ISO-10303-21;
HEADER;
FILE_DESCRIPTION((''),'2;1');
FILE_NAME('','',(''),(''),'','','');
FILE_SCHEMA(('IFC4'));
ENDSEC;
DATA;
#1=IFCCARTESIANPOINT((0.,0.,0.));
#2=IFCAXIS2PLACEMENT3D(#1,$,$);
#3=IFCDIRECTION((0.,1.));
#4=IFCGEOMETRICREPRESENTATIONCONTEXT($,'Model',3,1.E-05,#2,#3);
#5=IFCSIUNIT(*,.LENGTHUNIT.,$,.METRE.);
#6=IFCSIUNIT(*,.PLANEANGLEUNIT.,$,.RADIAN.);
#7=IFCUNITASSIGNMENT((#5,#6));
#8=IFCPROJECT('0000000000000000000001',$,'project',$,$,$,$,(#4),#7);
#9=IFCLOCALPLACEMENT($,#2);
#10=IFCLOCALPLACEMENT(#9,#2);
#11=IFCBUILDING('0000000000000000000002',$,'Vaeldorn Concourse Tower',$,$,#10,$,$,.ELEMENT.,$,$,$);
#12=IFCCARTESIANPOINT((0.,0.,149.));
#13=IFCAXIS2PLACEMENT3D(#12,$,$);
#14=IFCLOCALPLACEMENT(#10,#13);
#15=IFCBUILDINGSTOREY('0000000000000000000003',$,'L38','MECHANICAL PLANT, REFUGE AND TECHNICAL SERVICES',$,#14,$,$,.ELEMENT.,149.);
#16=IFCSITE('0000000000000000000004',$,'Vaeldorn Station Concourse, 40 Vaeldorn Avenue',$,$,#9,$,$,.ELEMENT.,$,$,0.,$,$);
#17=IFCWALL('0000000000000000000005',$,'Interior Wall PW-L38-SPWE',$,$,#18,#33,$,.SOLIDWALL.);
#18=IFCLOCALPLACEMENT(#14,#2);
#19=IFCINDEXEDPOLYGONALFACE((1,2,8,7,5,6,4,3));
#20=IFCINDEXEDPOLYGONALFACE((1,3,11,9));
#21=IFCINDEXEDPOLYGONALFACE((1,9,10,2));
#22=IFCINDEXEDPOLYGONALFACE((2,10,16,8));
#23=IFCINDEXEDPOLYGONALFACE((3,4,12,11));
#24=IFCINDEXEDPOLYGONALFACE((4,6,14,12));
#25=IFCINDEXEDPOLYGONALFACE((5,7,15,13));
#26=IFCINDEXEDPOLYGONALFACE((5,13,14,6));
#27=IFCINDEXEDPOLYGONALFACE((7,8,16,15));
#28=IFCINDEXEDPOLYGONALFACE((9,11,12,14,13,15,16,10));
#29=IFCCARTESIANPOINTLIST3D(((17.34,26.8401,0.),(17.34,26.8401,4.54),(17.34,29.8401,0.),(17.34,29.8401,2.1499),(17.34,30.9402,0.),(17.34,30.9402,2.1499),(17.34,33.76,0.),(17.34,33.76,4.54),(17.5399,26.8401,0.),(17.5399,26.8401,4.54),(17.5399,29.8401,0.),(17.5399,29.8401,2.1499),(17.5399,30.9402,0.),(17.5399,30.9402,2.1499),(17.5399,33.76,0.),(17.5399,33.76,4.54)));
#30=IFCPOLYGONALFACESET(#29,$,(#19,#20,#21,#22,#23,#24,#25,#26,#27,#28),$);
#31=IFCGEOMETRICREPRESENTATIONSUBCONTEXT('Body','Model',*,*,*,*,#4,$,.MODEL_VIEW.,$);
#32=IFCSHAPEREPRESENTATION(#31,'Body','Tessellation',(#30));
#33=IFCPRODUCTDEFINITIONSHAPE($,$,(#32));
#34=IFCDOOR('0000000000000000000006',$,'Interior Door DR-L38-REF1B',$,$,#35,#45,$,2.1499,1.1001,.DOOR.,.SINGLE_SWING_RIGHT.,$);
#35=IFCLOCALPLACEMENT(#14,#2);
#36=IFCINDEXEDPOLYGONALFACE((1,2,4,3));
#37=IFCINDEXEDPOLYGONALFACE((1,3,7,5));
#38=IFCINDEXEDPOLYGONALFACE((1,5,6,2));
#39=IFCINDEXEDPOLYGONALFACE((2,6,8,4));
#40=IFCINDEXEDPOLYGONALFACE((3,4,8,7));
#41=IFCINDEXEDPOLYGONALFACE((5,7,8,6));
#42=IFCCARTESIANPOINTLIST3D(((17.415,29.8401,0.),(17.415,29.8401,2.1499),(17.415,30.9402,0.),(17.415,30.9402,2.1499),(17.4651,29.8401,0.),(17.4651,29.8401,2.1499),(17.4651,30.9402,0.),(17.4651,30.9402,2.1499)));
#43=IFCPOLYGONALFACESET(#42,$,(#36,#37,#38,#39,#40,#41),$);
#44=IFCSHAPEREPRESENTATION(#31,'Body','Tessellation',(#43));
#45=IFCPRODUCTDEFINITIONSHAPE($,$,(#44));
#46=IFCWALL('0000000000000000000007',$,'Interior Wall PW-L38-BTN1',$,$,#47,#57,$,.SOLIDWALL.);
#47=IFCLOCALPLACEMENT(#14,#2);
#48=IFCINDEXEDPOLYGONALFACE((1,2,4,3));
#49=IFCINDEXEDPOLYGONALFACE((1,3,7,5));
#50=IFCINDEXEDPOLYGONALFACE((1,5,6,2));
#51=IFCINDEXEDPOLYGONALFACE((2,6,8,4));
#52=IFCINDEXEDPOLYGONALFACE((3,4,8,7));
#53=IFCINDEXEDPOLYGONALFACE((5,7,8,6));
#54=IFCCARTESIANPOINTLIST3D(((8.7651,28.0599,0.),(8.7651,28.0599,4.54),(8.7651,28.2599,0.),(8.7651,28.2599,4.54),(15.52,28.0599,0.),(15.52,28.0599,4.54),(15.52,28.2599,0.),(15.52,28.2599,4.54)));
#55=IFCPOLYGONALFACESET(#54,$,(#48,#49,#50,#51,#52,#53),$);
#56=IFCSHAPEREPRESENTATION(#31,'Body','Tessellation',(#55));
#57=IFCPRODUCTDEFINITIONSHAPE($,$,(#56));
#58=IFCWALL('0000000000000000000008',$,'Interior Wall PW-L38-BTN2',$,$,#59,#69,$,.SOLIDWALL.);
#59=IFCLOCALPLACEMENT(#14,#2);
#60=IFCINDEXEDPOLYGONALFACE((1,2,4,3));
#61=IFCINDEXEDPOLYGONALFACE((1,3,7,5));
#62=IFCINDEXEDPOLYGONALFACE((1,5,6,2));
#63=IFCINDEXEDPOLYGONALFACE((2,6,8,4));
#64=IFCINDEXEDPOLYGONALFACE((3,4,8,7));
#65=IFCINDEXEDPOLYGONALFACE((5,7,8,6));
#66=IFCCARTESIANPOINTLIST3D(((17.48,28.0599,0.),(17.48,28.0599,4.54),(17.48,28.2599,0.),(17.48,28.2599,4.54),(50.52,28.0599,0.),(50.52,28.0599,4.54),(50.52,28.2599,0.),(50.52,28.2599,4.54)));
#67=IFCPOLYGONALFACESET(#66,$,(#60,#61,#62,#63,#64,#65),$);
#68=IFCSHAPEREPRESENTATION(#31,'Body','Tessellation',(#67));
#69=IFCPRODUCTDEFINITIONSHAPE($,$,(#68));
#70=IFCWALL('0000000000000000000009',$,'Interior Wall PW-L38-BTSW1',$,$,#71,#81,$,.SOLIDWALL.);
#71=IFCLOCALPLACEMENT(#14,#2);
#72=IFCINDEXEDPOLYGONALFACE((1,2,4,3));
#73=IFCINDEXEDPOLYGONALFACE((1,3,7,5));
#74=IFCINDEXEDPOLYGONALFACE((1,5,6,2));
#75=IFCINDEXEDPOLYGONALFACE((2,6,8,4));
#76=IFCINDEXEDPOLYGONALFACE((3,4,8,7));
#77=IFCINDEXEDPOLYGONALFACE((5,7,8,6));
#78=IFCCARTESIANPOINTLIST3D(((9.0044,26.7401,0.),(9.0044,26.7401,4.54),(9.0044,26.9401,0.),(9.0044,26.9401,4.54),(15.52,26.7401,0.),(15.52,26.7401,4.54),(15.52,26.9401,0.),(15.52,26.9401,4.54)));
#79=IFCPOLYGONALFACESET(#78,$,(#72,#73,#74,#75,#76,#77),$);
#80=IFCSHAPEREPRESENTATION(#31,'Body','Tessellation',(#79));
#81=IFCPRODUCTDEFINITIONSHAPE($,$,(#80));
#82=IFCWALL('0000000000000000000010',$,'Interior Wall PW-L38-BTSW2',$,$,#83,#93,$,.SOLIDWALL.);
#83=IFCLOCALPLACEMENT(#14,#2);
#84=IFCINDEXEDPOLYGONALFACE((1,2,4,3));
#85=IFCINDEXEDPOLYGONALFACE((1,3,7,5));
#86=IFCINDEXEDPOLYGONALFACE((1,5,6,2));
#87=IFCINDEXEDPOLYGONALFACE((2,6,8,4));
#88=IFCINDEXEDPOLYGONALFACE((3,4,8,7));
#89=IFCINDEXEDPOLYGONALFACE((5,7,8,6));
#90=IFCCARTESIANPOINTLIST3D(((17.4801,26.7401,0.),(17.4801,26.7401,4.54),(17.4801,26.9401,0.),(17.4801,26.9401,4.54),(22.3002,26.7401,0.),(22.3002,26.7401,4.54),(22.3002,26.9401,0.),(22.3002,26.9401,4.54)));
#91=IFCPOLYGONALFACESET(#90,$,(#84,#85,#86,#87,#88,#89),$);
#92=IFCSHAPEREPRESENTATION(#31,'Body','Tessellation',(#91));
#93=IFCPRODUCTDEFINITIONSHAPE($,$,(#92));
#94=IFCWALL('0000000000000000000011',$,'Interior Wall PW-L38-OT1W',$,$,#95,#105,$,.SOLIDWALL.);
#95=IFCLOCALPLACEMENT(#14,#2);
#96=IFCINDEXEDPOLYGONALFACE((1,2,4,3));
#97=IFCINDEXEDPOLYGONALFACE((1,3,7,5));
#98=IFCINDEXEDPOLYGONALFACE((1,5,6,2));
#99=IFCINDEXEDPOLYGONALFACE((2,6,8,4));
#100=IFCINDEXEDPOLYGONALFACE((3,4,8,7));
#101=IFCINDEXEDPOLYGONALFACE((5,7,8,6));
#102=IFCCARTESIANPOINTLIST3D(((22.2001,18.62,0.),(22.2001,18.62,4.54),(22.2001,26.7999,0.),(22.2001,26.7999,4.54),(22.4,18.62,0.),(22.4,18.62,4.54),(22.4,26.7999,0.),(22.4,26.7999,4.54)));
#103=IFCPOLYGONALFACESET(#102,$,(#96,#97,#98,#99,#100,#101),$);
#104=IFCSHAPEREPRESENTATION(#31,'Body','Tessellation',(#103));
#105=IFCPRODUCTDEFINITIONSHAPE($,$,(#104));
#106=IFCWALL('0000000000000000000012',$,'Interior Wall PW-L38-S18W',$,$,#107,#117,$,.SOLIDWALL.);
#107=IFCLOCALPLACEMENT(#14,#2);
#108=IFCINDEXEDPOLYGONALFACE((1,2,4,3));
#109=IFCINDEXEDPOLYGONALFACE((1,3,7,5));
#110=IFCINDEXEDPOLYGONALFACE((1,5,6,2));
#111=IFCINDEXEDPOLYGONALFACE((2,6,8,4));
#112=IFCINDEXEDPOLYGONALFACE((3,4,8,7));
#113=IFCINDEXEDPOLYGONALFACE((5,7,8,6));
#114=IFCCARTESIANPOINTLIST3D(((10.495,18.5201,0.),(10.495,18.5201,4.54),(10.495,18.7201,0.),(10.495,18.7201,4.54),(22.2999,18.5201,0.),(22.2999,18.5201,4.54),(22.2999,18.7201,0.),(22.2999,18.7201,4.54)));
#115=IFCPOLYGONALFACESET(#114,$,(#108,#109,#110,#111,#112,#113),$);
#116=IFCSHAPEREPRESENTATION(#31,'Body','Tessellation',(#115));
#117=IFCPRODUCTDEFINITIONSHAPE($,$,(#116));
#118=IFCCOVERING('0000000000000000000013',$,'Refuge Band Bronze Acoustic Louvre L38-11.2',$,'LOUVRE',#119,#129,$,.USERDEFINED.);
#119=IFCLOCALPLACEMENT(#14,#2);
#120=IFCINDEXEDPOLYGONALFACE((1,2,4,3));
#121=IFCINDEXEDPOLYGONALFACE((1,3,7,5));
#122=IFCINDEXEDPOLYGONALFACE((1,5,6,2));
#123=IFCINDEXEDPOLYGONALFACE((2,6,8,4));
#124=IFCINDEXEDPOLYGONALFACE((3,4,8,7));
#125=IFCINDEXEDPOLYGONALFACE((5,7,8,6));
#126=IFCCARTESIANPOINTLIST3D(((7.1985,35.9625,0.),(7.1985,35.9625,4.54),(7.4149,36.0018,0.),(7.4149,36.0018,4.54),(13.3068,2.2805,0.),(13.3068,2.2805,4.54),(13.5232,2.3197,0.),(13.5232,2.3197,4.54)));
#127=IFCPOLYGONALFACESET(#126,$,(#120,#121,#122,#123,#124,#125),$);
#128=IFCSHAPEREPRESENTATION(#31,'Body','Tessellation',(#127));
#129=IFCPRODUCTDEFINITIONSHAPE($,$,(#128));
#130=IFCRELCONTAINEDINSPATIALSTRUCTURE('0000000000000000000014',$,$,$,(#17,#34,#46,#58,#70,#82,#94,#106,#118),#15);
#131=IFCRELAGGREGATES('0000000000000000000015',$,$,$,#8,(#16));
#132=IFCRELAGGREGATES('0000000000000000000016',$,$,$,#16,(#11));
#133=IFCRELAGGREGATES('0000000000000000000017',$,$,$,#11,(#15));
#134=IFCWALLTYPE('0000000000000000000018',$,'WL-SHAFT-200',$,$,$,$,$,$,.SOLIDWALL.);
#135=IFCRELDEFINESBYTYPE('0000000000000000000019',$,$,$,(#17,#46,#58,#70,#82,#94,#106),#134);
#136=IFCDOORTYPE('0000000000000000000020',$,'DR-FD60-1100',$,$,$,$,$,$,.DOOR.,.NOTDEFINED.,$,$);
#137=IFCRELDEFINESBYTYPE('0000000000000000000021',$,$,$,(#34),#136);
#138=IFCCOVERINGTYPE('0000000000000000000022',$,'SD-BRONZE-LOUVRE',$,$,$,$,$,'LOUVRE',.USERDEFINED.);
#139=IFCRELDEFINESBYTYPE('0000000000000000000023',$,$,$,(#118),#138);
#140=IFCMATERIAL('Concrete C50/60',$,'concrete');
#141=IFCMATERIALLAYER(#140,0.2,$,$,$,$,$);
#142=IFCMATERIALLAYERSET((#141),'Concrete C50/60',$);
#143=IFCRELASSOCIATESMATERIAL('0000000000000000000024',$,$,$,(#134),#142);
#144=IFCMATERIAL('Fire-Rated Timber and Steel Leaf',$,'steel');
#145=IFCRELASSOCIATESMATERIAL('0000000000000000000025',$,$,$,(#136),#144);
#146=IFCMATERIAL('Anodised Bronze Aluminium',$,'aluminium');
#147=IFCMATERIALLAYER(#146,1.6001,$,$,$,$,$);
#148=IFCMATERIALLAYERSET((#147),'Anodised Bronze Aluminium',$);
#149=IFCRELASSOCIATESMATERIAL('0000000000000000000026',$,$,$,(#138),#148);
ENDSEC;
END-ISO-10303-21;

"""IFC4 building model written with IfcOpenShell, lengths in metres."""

from ifc_helpers import new_model, si_unit, direction, frame, frame_2d, origin, origin_2d, place, context, subcontext, project, spatial, rectangle, extrude, source, transform, mapped, material, layer, layer_set, type_object, element, fill, save


model = new_model("IFC4")

# Units and contexts
model_context = context("Model", 3, precision=1e-05, world=origin(), true_north=direction((0.0, 1.0)))
body_context = subcontext(model_context, "Body", "Model", "MODEL_VIEW")
ifc_project = project(units=[si_unit("LENGTHUNIT", "METRE"), si_unit("PLANEANGLEUNIT", "RADIAN")], contexts=[model_context])

# Site, building, storey
site_placement = place(None, origin())
site = spatial("IfcSite", under=ifc_project, at=site_placement, Name="Vaeldorn Station Concourse, 40 Vaeldorn Avenue", CompositionType="ELEMENT", RefElevation=0.0)
building_placement = place(site_placement, origin())
building = spatial("IfcBuilding", under=site, at=building_placement, Name="Vaeldorn Concourse Tower", CompositionType="ELEMENT")
storey_placement = place(building_placement, frame((0.0, 0.0, 149.0)))
storey = spatial("IfcBuildingStorey", under=building, at=storey_placement, Name="L38", Description="MECHANICAL PLANT, REFUGE AND TECHNICAL SERVICES", CompositionType="ELEMENT", Elevation=149.0)

# Shared definitions
ifc_material_1 = material(Name="Concrete C50/60", Category="concrete")
ifc_layer_1 = layer(ifc_material_1, 0.2)
ifc_layer_set_1 = layer_set([ifc_layer_1], Name="Concrete C50/60")
wall_type = type_object("IfcWallType", Name="WL-SHAFT-200", PredefinedType="SOLIDWALL", material=ifc_layer_set_1)

# Wall, opening, door
wall_1_placement = place(storey_placement, frame((17.4399, 26.8401, 0.0), z_axis=(0.0, 0.0, 1.0), x_axis=(0.0, 1.0, 0.0)))
wall_1 = element("IfcWall", 1, at=wall_1_placement, inside=storey, type_object=wall_type, Name="Interior Wall PW-L38-SPWE", PredefinedType="SOLIDWALL", context=body_context, shape_type="SweptSolid", body=[
    extrude(rectangle(XDim=6.9199, YDim=0.2, at=frame_2d((3.46, 0.0))), origin(), (0.0, 0.0, 1.0), 4.54),
])
opening_1_placement = place(wall_1_placement, frame((3.0, 0.0, 0.0)))
opening_1 = element("IfcOpeningElement", 2, at=opening_1_placement, cuts=wall_1, PredefinedType="OPENING", context=body_context, shape_type="SweptSolid", body=[
    extrude(rectangle(XDim=1.1001, YDim=2.1499, at=frame_2d((0.55, 1.075))), frame((0.0, 0.1099, 0.0), z_axis=(0.0, -1.0, 0.0), x_axis=(1.0, 0.0, 0.0)), (0.0, 0.0, 1.0), 0.22),
])
ifc_material_2 = material(Name="Fire-Rated Timber and Steel Leaf", Category="steel")
door_type = type_object("IfcDoorType", Name="DR-FD60-1100", OperationType="NOTDEFINED", PredefinedType="DOOR", material=ifc_material_2)
shared_shape_1 = source(origin(), body_context, "Body", "SweptSolid", [
    extrude(rectangle(XDim=1.1001, YDim=2.1499, at=frame_2d((0.55, 1.075))), frame((0.0, 0.0249, 0.0), z_axis=(0.0, -1.0, 0.0), x_axis=(1.0, 0.0, 0.0)), (0.0, 0.0, 1.0), 0.05),
])
door_1_placement = place(opening_1_placement, origin())
door_1 = element("IfcDoor", 3, at=door_1_placement, inside=storey, type_object=door_type, Name="Interior Door DR-L38-REF1B", OperationType="SINGLE_SWING_RIGHT", OverallHeight=2.1499, OverallWidth=1.1001, PredefinedType="DOOR", context=body_context, shape_type="MappedRepresentation", body=[
    mapped(shared_shape_1, transform((0.0, 0.0, 0.0), scale=1.0)),
])
fill(opening_1, door_1)

# Walls
wall_2_placement = place(storey_placement, frame((8.7651, 28.1599, 0.0), z_axis=(0.0, 0.0, 1.0), x_axis=(1.0, 0.0, 0.0)))
element("IfcWall", 4, at=wall_2_placement, inside=storey, type_object=wall_type, Name="Interior Wall PW-L38-BTN1", PredefinedType="SOLIDWALL", context=body_context, shape_type="SweptSolid", body=[
    extrude(rectangle(XDim=6.7549, YDim=0.2, at=frame_2d((3.3774, 0.0))), origin(), (0.0, 0.0, 1.0), 4.54),
])
wall_3_placement = place(storey_placement, frame((17.48, 28.1599, 0.0), z_axis=(0.0, 0.0, 1.0), x_axis=(1.0, 0.0, 0.0)))
element("IfcWall", 5, at=wall_3_placement, inside=storey, type_object=wall_type, Name="Interior Wall PW-L38-BTN2", PredefinedType="SOLIDWALL", context=body_context, shape_type="SweptSolid", body=[
    extrude(rectangle(XDim=33.04, YDim=0.2, at=frame_2d((16.52, 0.0))), origin(), (0.0, 0.0, 1.0), 4.54),
])
wall_4_placement = place(storey_placement, frame((9.0044, 26.8401, 0.0), z_axis=(0.0, 0.0, 1.0), x_axis=(1.0, 0.0, 0.0)))
element("IfcWall", 6, at=wall_4_placement, inside=storey, type_object=wall_type, Name="Interior Wall PW-L38-BTSW1", PredefinedType="SOLIDWALL", context=body_context, shape_type="SweptSolid", body=[
    extrude(rectangle(XDim=6.5156, YDim=0.2, at=frame_2d((3.2578, 0.0))), origin(), (0.0, 0.0, 1.0), 4.54),
])
wall_5_placement = place(storey_placement, frame((17.48, 26.8401, 0.0), z_axis=(0.0, 0.0, 1.0), x_axis=(1.0, 0.0, 0.0)))
element("IfcWall", 7, at=wall_5_placement, inside=storey, type_object=wall_type, Name="Interior Wall PW-L38-BTSW2", PredefinedType="SOLIDWALL", context=body_context, shape_type="SweptSolid", body=[
    extrude(rectangle(XDim=4.8201, YDim=0.2, at=frame_2d((2.4102, 0.0))), origin(), (0.0, 0.0, 1.0), 4.54),
])
wall_6_placement = place(storey_placement, frame((22.3, 18.6201, 0.0), z_axis=(0.0, 0.0, 1.0), x_axis=(0.0, 1.0, 0.0)))
element("IfcWall", 8, at=wall_6_placement, inside=storey, type_object=wall_type, Name="Interior Wall PW-L38-OT1W", PredefinedType="SOLIDWALL", context=body_context, shape_type="SweptSolid", body=[
    extrude(rectangle(XDim=8.1799, YDim=0.2, at=frame_2d((4.0898, 0.0))), origin(), (0.0, 0.0, 1.0), 4.54),
])
wall_7_placement = place(storey_placement, frame((10.4951, 18.6201, 0.0), z_axis=(0.0, 0.0, 1.0), x_axis=(1.0, 0.0, 0.0)))
element("IfcWall", 9, at=wall_7_placement, inside=storey, type_object=wall_type, Name="Interior Wall PW-L38-S18W", PredefinedType="SOLIDWALL", context=body_context, shape_type="SweptSolid", body=[
    extrude(rectangle(XDim=11.8049, YDim=0.2, at=frame_2d((5.9023, 0.0))), origin(), (0.0, 0.0, 1.0), 4.54),
])

# Covering
ifc_material_3 = material(Name="Anodised Bronze Aluminium", Category="aluminium")
ifc_layer_2 = layer(ifc_material_3, 1.6001)
ifc_layer_set_2 = layer_set([ifc_layer_2], Name="Anodised Bronze Aluminium")
covering_type = type_object("IfcCoveringType", Name="SD-BRONZE-LOUVRE", ElementType="LOUVRE", PredefinedType="USERDEFINED", material=ifc_layer_set_2)
shared_shape_2 = source(origin(), body_context, "Body", "SweptSolid", [
    extrude(rectangle(XDim=34.2314, YDim=0.22, at=origin_2d()), origin(), (0.0, 0.0, 1.0), 4.54),
])
covering_placement = place(storey_placement, frame((10.3608, 19.1411, 0.0), z_axis=(0.0, 0.0, 1.0), x_axis=(0.178442, -0.983951, 0.0)))
element("IfcCovering", 10, at=covering_placement, inside=storey, type_object=covering_type, Name="Refuge Band Bronze Acoustic Louvre L38-11.2", ObjectType="LOUVRE", PredefinedType="USERDEFINED", context=body_context, shape_type="MappedRepresentation", body=[
    mapped(shared_shape_2, transform((0.0, 0.0, 0.0), scale=1.0)),
])

save(model, "model.ifc")
